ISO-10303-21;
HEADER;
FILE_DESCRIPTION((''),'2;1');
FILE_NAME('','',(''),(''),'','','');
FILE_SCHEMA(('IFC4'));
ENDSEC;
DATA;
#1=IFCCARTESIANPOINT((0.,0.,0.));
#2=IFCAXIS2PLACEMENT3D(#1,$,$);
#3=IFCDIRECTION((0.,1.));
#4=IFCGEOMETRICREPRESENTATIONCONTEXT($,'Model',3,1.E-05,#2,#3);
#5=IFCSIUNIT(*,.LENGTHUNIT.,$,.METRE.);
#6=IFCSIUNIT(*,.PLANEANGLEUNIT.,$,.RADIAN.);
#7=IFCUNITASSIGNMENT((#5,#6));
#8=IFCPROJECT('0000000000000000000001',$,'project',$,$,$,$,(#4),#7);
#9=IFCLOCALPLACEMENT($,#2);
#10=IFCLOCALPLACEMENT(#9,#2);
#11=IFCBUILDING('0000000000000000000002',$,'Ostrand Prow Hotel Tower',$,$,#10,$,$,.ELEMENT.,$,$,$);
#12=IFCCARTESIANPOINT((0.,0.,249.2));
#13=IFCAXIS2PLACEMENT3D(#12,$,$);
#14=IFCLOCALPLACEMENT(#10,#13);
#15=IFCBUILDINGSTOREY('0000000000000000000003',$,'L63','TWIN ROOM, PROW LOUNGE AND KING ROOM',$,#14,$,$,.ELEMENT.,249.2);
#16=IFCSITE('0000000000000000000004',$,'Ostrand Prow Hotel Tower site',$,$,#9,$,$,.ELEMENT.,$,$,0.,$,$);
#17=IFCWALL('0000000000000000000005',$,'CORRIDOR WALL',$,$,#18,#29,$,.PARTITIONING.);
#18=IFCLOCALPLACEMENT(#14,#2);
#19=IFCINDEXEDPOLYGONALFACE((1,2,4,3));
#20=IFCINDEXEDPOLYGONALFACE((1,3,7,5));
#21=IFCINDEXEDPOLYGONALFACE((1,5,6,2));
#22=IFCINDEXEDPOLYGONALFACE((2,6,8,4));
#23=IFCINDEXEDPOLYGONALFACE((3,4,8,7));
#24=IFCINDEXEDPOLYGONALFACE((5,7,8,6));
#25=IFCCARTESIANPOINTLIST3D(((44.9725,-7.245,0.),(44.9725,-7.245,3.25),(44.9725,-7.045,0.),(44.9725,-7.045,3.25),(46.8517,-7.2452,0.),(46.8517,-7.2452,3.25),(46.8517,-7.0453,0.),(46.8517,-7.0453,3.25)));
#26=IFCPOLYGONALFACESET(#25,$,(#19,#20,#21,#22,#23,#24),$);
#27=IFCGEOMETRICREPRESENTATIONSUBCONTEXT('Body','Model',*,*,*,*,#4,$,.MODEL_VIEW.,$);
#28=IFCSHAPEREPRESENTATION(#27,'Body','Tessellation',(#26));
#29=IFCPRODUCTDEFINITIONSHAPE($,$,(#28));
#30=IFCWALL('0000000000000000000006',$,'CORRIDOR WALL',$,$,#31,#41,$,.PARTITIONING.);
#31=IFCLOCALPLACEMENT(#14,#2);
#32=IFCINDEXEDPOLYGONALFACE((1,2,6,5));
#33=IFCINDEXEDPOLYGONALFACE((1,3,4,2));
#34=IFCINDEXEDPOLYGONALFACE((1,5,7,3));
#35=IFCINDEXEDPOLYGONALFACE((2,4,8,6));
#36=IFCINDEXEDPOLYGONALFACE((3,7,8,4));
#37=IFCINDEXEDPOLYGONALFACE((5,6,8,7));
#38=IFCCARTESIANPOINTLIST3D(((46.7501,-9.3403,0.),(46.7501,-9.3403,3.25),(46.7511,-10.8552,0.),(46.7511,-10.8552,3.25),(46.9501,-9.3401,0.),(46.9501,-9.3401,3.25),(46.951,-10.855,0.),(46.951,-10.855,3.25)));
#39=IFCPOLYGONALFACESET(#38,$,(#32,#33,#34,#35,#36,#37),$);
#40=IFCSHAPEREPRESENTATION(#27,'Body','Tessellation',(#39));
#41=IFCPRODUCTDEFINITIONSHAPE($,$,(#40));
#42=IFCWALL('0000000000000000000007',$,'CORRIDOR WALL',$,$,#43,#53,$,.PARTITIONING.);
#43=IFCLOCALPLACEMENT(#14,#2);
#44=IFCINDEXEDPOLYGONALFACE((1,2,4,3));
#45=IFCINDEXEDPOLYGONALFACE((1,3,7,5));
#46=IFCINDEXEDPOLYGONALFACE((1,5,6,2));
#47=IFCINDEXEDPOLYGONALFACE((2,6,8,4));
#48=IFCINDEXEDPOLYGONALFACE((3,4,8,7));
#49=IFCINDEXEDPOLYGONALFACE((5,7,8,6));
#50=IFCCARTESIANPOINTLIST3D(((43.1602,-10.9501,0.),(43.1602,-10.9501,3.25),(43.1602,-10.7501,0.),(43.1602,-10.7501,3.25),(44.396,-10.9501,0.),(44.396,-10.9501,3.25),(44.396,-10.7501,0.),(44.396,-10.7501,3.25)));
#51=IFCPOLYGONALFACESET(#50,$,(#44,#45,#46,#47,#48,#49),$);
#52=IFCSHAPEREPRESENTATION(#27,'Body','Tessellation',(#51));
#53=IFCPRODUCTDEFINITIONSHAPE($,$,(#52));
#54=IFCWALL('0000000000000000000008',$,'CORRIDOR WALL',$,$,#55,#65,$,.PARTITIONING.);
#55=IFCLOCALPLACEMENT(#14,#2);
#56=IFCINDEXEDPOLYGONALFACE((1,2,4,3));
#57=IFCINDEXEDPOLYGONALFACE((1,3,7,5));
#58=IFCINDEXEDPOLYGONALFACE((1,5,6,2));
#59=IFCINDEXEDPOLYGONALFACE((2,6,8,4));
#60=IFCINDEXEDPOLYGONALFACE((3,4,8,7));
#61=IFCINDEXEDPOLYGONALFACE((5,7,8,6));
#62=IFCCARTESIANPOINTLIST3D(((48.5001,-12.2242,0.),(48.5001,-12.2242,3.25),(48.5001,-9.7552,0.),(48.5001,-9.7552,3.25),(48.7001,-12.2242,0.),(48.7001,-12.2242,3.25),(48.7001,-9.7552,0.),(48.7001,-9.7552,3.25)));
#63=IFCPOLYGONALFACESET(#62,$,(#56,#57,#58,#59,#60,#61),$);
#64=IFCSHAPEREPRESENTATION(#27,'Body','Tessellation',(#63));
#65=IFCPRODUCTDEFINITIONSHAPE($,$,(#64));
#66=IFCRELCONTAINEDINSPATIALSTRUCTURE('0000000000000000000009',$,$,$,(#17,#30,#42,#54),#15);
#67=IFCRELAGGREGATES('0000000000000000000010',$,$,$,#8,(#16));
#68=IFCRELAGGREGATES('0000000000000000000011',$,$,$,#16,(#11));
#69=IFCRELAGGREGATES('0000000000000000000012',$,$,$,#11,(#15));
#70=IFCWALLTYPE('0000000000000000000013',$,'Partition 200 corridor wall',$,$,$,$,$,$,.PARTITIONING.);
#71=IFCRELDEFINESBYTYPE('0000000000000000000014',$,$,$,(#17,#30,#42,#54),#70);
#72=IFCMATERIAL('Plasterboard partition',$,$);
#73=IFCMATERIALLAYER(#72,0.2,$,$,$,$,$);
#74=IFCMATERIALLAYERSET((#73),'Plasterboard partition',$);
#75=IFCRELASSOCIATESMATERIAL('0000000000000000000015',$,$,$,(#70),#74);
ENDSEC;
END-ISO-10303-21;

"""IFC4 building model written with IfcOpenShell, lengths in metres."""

from ifc_helpers import new_model, si_unit, direction, frame, frame_2d, origin, place, context, subcontext, project, spatial, rectangle, extrude, material, layer, layer_set, type_object, element, save


model = new_model("IFC4")

# Units and contexts
model_context = context("Model", 3, precision=1e-05, world=origin(), true_north=direction((0.0, 1.0)))
body_context = subcontext(model_context, "Body", "Model", "MODEL_VIEW")
ifc_project = project(units=[si_unit("LENGTHUNIT", "METRE"), si_unit("PLANEANGLEUNIT", "RADIAN")], contexts=[model_context])

# Site, building, storey
site_placement = place(None, origin())
site = spatial("IfcSite", under=ifc_project, at=site_placement, Name="Ostrand Prow Hotel Tower site", CompositionType="ELEMENT", RefElevation=0.0)
building_placement = place(site_placement, origin())
building = spatial("IfcBuilding", under=site, at=building_placement, Name="Ostrand Prow Hotel Tower", CompositionType="ELEMENT")
storey_placement = place(building_placement, frame((0.0, 0.0, 249.2)))
storey = spatial("IfcBuildingStorey", under=building, at=storey_placement, Name="L63", Description="TWIN ROOM, PROW LOUNGE AND KING ROOM", CompositionType="ELEMENT", Elevation=249.2)

# Shared definitions
ifc_material_1 = material(Name="Plasterboard partition")
ifc_layer_1 = layer(ifc_material_1, 0.2)
ifc_layer_set_1 = layer_set([ifc_layer_1], Name="Plasterboard partition")
wall_type_1 = type_object("IfcWallType", Name="Partition 200 corridor wall", PredefinedType="PARTITIONING", material=ifc_layer_set_1)

# Walls
wall_1_placement = place(storey_placement, frame((46.8516, -7.1453, 0.0), z_axis=(0.0, 0.0, 1.0), x_axis=(-1.0, 0.00013, 0.0)))
element("IfcWall", 1, at=wall_1_placement, inside=storey, type_object=wall_type_1, Name="CORRIDOR WALL", PredefinedType="PARTITIONING", context=body_context, shape_type="SweptSolid", body=[
    extrude(rectangle(XDim=1.8792, YDim=0.2, at=frame_2d((0.9395, 0.0))), origin(), (0.0, 0.0, 1.0), 3.25),
])
wall_2_placement = place(storey_placement, frame((46.8511, -10.855, 0.0), z_axis=(0.0, 0.0, 1.0), x_axis=(-0.000645, 1.0, 0.0)))
element("IfcWall", 2, at=wall_2_placement, inside=storey, type_object=wall_type_1, Name="CORRIDOR WALL", PredefinedType="PARTITIONING", context=body_context, shape_type="SweptSolid", body=[
    extrude(rectangle(XDim=1.5149, YDim=0.2, at=frame_2d((0.7573, 0.0))), origin(), (0.0, 0.0, 1.0), 3.25),
])
wall_3_placement = place(storey_placement, frame((44.396, -10.8501, 0.0), z_axis=(0.0, 0.0, 1.0), x_axis=(-1.0, 0.0, 0.0)))
element("IfcWall", 3, at=wall_3_placement, inside=storey, type_object=wall_type_1, Name="CORRIDOR WALL", PredefinedType="PARTITIONING", context=body_context, shape_type="SweptSolid", body=[
    extrude(rectangle(XDim=1.2358, YDim=0.2, at=frame_2d((0.6179, 0.0))), origin(), (0.0, 0.0, 1.0), 3.25),
])
wall_4_placement = place(storey_placement, frame((48.6001, -12.2241, 0.0), z_axis=(0.0, 0.0, 1.0), x_axis=(0.0, 1.0, 0.0)))
element("IfcWall", 4, at=wall_4_placement, inside=storey, type_object=wall_type_1, Name="CORRIDOR WALL", PredefinedType="PARTITIONING", context=body_context, shape_type="SweptSolid", body=[
    extrude(rectangle(XDim=2.469, YDim=0.2, at=frame_2d((1.2344, 0.0))), origin(), (0.0, 0.0, 1.0), 3.25),
])

save(model, "model.ifc")
